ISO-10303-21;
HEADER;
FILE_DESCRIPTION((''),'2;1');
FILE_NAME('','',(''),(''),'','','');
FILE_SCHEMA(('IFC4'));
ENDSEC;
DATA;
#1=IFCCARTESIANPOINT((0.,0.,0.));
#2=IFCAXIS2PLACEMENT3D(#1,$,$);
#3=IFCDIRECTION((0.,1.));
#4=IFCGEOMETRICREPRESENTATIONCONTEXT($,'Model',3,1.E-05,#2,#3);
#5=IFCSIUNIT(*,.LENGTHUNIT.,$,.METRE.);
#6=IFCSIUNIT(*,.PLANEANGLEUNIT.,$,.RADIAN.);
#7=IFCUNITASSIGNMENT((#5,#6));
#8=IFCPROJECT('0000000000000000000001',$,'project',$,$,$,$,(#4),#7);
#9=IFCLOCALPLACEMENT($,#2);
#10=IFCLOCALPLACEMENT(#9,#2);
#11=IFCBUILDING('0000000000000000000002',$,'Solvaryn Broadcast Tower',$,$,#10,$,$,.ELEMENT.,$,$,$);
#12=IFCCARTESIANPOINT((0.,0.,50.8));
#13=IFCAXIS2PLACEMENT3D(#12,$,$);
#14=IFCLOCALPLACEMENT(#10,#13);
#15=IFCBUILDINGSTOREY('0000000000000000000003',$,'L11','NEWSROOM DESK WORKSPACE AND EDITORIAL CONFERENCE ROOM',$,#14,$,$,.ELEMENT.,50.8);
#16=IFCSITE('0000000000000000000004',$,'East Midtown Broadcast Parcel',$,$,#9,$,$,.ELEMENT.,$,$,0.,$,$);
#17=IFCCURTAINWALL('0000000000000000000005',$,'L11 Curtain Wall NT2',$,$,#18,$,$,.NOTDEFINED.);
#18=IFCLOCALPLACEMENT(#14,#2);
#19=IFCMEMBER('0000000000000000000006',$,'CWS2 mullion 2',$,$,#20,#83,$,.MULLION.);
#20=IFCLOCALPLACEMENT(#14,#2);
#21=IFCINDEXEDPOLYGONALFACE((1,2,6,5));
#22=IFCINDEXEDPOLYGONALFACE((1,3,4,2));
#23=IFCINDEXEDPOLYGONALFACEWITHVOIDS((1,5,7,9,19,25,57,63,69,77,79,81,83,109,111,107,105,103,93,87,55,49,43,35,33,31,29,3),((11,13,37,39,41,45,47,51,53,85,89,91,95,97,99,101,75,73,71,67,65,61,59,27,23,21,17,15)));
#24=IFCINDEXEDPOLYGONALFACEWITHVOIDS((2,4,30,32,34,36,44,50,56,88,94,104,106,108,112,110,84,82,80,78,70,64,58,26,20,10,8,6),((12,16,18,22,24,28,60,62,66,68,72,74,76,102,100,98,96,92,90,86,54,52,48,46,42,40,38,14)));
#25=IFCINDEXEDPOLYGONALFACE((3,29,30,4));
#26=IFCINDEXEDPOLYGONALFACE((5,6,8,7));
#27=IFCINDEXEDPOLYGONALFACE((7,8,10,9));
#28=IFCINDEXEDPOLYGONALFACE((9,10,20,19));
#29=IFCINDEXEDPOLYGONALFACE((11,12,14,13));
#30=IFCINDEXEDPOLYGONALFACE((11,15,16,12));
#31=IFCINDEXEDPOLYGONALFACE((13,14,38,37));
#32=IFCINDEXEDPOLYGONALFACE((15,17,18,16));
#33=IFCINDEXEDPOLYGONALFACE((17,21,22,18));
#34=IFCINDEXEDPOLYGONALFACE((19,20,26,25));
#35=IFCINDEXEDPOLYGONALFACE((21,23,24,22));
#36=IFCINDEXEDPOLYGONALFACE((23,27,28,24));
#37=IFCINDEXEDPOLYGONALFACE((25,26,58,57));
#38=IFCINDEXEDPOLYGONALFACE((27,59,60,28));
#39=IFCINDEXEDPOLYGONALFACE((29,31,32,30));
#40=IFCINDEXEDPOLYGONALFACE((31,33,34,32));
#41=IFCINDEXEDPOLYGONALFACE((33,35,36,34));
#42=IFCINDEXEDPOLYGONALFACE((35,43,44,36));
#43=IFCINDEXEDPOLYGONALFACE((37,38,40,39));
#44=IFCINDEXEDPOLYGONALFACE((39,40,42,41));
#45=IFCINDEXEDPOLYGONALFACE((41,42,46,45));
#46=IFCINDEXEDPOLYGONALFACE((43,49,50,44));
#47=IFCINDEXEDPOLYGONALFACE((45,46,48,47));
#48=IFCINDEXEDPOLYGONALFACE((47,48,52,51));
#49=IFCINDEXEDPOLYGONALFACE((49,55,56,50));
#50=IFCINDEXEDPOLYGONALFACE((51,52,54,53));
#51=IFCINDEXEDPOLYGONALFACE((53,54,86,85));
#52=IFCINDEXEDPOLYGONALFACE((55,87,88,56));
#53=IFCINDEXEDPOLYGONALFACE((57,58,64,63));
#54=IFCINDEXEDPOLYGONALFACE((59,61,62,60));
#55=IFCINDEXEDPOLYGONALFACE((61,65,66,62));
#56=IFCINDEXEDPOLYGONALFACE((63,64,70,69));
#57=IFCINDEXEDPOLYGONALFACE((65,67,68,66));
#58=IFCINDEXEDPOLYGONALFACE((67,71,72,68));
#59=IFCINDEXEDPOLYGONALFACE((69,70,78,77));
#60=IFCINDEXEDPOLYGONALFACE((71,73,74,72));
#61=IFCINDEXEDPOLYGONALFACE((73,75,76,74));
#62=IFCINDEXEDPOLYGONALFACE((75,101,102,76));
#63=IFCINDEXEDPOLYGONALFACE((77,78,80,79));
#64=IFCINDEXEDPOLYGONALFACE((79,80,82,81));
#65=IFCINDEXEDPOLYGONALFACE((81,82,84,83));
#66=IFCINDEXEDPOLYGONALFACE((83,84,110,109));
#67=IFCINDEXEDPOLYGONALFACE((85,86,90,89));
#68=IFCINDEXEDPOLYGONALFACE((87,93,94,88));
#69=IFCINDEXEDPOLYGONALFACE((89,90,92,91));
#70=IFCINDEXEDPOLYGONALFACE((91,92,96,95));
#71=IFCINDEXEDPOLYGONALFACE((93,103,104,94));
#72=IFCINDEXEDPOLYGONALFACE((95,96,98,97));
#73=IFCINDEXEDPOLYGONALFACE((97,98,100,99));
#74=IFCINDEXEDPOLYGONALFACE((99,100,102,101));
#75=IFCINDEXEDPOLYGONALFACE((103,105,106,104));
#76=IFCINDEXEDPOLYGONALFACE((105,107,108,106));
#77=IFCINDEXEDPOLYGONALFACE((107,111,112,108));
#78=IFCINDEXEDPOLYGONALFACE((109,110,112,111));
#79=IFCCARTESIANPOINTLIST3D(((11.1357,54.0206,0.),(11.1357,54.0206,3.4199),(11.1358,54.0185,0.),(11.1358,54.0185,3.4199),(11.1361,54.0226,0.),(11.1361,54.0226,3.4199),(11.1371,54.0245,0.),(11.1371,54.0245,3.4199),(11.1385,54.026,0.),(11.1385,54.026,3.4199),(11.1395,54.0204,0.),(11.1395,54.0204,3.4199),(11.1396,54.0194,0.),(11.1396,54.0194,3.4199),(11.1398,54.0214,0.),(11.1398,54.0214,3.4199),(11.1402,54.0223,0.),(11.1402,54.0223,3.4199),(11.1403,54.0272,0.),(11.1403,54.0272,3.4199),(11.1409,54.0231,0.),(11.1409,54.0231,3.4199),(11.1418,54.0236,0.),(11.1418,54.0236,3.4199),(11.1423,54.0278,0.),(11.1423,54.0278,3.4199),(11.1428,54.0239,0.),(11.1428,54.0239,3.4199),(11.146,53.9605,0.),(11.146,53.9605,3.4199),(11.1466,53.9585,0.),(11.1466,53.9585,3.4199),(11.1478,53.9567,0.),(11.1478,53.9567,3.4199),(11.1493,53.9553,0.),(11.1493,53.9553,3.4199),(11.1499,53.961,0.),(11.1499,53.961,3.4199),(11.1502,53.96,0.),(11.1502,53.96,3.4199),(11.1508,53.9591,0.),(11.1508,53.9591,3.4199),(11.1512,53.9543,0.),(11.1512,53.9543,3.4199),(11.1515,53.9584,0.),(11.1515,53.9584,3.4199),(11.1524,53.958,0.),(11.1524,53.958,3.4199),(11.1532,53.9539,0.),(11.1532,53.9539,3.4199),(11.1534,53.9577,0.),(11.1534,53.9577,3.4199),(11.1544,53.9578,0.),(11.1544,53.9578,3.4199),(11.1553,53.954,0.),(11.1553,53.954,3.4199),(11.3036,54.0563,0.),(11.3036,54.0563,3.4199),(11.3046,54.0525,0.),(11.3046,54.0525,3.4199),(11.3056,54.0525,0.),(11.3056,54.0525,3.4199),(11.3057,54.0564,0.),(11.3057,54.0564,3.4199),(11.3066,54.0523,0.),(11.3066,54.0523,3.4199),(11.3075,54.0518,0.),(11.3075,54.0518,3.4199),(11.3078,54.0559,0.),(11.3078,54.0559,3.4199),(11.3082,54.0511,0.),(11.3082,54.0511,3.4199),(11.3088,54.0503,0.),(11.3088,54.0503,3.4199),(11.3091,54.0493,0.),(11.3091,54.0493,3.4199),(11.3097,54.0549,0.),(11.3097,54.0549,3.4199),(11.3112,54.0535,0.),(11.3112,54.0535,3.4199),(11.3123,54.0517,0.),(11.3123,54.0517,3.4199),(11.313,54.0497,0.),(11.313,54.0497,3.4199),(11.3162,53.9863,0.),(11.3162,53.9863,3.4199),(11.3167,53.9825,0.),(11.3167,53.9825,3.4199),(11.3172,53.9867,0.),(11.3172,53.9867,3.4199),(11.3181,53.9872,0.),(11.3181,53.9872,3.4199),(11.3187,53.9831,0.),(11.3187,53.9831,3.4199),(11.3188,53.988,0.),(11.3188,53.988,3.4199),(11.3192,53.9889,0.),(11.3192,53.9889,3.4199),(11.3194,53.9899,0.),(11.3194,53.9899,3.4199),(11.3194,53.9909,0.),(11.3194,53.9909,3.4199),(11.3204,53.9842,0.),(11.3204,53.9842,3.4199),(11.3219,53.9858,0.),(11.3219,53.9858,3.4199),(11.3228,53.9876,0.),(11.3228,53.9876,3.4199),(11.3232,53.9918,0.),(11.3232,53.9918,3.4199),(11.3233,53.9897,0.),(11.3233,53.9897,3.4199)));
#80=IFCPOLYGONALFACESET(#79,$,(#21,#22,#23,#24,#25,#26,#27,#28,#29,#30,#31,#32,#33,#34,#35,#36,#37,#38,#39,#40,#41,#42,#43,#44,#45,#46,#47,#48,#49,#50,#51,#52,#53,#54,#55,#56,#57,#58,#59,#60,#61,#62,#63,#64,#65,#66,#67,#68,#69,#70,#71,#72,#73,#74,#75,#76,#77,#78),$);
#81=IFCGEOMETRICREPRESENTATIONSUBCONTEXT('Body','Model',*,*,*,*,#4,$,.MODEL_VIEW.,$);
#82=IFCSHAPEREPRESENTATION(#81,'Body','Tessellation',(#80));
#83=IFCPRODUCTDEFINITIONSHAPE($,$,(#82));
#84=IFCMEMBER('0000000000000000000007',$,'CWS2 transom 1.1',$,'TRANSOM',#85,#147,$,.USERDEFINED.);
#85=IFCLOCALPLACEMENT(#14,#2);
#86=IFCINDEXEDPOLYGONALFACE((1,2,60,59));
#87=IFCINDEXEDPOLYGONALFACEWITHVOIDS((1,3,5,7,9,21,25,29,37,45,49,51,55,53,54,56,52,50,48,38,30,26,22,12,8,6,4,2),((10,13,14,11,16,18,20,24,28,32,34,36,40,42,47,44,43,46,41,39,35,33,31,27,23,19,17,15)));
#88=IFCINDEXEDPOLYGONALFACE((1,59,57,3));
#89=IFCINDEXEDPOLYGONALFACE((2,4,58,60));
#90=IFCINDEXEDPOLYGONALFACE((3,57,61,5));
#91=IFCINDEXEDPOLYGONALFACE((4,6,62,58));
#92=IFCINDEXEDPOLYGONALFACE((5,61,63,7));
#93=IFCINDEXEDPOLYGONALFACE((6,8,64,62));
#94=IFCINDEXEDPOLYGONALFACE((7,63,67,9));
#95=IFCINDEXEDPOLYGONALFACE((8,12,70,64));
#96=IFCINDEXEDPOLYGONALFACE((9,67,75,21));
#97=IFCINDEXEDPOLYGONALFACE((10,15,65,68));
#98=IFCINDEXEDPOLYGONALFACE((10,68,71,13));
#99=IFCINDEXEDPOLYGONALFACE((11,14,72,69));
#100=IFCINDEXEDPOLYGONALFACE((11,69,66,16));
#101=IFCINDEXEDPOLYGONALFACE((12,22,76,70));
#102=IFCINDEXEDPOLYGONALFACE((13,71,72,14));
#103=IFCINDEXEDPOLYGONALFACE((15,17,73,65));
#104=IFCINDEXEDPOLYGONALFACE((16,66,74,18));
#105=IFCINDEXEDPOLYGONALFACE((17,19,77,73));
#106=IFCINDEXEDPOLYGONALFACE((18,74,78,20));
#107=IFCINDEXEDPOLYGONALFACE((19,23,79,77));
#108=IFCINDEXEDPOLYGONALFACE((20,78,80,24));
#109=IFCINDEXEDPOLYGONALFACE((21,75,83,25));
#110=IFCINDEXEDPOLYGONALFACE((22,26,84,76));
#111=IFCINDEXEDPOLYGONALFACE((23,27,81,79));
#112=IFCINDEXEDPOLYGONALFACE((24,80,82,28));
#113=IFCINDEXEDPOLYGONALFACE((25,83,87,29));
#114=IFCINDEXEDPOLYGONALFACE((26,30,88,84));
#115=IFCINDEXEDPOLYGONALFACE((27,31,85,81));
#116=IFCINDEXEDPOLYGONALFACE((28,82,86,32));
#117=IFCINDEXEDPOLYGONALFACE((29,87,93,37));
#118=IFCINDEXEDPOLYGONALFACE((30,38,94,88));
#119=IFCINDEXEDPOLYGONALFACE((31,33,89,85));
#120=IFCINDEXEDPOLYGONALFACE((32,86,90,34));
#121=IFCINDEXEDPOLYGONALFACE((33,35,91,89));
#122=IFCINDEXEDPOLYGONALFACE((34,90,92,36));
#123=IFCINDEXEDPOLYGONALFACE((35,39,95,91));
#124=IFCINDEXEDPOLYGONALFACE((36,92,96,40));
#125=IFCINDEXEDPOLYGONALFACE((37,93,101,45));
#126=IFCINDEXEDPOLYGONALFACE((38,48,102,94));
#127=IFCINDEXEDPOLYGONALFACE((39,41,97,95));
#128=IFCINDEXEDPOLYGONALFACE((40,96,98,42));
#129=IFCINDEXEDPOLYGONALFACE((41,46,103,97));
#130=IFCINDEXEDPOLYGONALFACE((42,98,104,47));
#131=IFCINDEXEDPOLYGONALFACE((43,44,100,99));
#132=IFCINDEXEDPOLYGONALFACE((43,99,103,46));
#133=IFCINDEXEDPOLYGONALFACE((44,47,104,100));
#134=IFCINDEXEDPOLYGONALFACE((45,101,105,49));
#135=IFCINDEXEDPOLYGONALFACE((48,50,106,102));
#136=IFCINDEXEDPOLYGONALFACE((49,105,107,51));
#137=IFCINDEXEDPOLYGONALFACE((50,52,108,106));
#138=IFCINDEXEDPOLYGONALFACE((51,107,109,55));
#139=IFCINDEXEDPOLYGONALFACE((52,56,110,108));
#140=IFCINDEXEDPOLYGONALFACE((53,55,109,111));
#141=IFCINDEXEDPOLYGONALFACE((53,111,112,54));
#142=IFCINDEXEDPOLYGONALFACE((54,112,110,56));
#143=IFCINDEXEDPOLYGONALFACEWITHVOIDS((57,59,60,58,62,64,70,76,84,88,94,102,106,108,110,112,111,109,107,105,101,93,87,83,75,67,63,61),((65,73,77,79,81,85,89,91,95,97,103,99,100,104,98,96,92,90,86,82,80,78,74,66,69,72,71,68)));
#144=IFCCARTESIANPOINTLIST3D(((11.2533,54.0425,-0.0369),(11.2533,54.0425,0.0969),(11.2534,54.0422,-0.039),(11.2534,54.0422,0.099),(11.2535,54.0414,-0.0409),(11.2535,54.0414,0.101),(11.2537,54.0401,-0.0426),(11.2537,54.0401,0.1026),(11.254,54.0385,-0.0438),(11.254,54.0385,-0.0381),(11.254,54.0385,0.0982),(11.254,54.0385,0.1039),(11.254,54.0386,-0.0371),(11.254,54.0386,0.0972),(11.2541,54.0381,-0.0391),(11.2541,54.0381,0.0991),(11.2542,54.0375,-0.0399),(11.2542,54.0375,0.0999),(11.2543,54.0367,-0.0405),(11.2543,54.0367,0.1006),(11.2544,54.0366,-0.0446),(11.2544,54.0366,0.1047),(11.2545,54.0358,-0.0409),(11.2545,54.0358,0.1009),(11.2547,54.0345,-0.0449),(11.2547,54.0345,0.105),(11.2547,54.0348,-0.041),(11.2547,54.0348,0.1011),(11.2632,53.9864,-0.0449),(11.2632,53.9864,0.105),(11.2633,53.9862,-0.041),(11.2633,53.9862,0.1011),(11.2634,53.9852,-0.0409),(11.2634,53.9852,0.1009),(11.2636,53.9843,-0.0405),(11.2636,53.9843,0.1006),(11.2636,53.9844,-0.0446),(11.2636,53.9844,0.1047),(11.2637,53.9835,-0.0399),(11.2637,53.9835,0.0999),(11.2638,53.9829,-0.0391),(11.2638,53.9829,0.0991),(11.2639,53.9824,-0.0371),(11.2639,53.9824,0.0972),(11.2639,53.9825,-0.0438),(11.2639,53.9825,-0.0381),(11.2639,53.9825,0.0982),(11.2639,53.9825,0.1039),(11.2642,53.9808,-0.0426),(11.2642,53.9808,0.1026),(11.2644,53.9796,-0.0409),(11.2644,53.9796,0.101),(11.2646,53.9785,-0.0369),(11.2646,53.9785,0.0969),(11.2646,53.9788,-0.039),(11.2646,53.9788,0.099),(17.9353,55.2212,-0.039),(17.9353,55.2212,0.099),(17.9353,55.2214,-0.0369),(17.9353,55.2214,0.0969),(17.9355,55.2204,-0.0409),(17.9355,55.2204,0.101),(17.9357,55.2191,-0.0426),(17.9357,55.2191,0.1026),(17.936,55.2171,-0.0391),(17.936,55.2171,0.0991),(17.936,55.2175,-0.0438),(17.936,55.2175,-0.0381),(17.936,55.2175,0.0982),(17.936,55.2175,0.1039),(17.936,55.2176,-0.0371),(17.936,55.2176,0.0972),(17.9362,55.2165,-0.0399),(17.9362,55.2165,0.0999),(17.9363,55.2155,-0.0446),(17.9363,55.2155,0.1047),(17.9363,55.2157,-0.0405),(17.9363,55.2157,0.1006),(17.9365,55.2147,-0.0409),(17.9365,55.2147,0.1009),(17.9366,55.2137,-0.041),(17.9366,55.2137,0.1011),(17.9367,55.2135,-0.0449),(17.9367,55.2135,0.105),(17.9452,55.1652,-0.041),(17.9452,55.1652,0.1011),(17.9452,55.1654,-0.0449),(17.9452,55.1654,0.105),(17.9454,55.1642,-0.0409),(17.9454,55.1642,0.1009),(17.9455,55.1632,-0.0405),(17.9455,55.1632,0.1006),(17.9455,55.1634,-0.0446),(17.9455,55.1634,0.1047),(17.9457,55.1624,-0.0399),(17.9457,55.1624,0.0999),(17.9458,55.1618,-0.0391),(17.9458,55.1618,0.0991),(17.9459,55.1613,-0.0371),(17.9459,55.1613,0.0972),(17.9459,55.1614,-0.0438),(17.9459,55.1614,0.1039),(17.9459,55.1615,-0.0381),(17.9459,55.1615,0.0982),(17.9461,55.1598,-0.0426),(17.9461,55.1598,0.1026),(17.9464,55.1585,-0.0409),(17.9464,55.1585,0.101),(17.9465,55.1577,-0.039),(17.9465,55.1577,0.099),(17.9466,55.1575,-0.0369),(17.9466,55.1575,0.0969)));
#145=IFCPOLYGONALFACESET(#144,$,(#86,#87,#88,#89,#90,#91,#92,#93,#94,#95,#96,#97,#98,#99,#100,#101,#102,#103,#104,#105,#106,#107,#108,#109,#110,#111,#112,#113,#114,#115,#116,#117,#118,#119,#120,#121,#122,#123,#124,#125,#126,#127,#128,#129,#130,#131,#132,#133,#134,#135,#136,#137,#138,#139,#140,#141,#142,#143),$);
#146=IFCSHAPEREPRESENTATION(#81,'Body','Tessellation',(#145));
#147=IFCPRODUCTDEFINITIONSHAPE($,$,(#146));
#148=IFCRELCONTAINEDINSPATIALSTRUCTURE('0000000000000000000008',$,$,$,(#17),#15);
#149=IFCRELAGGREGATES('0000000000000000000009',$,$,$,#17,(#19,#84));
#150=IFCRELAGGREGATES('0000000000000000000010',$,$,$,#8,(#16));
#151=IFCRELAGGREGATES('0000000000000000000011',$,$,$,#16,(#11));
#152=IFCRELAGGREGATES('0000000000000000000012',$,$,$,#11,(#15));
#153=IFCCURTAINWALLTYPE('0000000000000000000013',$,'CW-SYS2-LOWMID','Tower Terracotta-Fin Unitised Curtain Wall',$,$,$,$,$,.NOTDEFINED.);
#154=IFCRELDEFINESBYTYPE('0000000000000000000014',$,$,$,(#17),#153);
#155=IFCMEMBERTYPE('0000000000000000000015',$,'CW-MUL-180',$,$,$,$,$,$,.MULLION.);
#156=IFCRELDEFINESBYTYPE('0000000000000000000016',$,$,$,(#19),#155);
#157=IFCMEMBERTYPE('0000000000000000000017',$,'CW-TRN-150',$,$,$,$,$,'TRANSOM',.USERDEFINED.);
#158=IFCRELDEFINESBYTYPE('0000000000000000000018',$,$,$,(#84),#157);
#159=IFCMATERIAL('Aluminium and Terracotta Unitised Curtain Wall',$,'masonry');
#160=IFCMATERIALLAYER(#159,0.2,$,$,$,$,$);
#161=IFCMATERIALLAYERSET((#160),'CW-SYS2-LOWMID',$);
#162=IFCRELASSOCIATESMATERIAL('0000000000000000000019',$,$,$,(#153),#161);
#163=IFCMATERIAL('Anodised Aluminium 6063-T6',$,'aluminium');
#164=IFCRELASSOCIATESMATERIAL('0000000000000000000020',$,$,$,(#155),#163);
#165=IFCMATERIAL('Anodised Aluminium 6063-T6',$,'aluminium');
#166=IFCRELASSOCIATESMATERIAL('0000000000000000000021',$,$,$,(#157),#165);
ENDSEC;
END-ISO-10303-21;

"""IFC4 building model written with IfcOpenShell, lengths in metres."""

from ifc_helpers import new_model, si_unit, direction, frame, origin, origin_2d, place, context, subcontext, project, spatial, hollow_rectangle, extrude, material, layer, layer_set, material_profile, profile_set, type_object, element, aggregate, save


model = new_model("IFC4")

# Units and contexts
model_context = context("Model", 3, precision=1e-05, world=origin(), true_north=direction((0.0, 1.0)))
body_context = subcontext(model_context, "Body", "Model", "MODEL_VIEW")
ifc_project = project(units=[si_unit("LENGTHUNIT", "METRE"), si_unit("PLANEANGLEUNIT", "RADIAN")], contexts=[model_context])

# Site, building, storey
site_placement = place(None, origin())
site = spatial("IfcSite", under=ifc_project, at=site_placement, Name="East Midtown Broadcast Parcel", CompositionType="ELEMENT", RefElevation=0.0)
building_placement = place(site_placement, origin())
building = spatial("IfcBuilding", under=site, at=building_placement, Name="Solvaryn Broadcast Tower", CompositionType="ELEMENT")
storey_placement = place(building_placement, frame((0.0, 0.0, 50.8)))
storey = spatial("IfcBuildingStorey", under=building, at=storey_placement, Name="L11", Description="NEWSROOM DESK WORKSPACE AND EDITORIAL CONFERENCE ROOM", CompositionType="ELEMENT", Elevation=50.8)

# Shared definitions
ifc_material_1 = material(Name="Aluminium and Terracotta Unitised Curtain Wall", Category="masonry")
ifc_layer_1 = layer(ifc_material_1, 0.2)
ifc_layer_set_1 = layer_set([ifc_layer_1], Name="CW-SYS2-LOWMID")
curtain_wall_type = type_object("IfcCurtainWallType", Name="CW-SYS2-LOWMID", Description="Tower Terracotta-Fin Unitised Curtain Wall", PredefinedType="NOTDEFINED", material=ifc_layer_set_1)
ifc_material_2 = material(Name="Anodised Aluminium 6063-T6", Category="aluminium")
ifc_material_profile_1 = material_profile(ifc_material_2, hollow_rectangle(XDim=0.075, YDim=0.1799, WallThickness=0.0039, InnerFilletRadius=0.0039, OuterFilletRadius=0.0081, at=origin_2d()))
ifc_profile_set_1 = profile_set([ifc_material_profile_1], Name="Anodised Aluminium 6063-T6")
member_type_1 = type_object("IfcMemberType", Name="CW-MUL-180", PredefinedType="MULLION", material=ifc_profile_set_1)

# Curtain wall, members
curtain_wall_1_placement = place(storey_placement, origin())
curtain_wall_1 = element("IfcCurtainWall", 1, at=curtain_wall_1_placement, inside=storey, type_object=curtain_wall_type, Name="L11 Curtain Wall NT2", PredefinedType="NOTDEFINED")
member_1_placement = place(storey_placement, frame((11.2295, 54.0051, 0.0), z_axis=(0.0, 0.0, 1.0), x_axis=(0.173785, -0.984784, 0.0)))
member_1 = element("IfcMember", 2, at=member_1_placement, type_object=member_type_1, Name="CWS2 mullion 2", PredefinedType="MULLION", context=body_context, shape_type="SweptSolid", body=[
    extrude(hollow_rectangle(XDim=0.075, YDim=0.1799, WallThickness=0.0039, InnerFilletRadius=0.0039, OuterFilletRadius=0.0081, at=origin_2d()), origin(), (0.0, 0.0, 1.0), 3.4199),
])
ifc_material_3 = material(Name="Anodised Aluminium 6063-T6", Category="aluminium")
ifc_material_profile_2 = material_profile(ifc_material_3, hollow_rectangle(XDim=0.0649, YDim=0.1499, WallThickness=0.0039, InnerFilletRadius=0.0039, OuterFilletRadius=0.0081, at=origin_2d()))
ifc_profile_set_2 = profile_set([ifc_material_profile_2], Name="Anodised Aluminium 6063-T6")
member_type_2 = type_object("IfcMemberType", Name="CW-TRN-150", ElementType="TRANSOM", PredefinedType="USERDEFINED", material=ifc_profile_set_2)
member_2_placement = place(storey_placement, frame((17.9409, 55.1895, 0.03), z_axis=(-0.984789, -0.173757, 0.0), x_axis=(0.173757, -0.984789, 0.0)))
member_2 = element("IfcMember", 3, at=member_2_placement, type_object=member_type_2, Name="CWS2 transom 1.1", ObjectType="TRANSOM", PredefinedType="USERDEFINED", context=body_context, shape_type="SweptSolid", body=[
    extrude(hollow_rectangle(XDim=0.0649, YDim=0.1499, WallThickness=0.0039, InnerFilletRadius=0.0039, OuterFilletRadius=0.0081, at=origin_2d()), origin(), (0.0, 0.0, 1.0), 6.7852),
])

aggregate(curtain_wall_1, [member_1, member_2])

save(model, "model.ifc")
